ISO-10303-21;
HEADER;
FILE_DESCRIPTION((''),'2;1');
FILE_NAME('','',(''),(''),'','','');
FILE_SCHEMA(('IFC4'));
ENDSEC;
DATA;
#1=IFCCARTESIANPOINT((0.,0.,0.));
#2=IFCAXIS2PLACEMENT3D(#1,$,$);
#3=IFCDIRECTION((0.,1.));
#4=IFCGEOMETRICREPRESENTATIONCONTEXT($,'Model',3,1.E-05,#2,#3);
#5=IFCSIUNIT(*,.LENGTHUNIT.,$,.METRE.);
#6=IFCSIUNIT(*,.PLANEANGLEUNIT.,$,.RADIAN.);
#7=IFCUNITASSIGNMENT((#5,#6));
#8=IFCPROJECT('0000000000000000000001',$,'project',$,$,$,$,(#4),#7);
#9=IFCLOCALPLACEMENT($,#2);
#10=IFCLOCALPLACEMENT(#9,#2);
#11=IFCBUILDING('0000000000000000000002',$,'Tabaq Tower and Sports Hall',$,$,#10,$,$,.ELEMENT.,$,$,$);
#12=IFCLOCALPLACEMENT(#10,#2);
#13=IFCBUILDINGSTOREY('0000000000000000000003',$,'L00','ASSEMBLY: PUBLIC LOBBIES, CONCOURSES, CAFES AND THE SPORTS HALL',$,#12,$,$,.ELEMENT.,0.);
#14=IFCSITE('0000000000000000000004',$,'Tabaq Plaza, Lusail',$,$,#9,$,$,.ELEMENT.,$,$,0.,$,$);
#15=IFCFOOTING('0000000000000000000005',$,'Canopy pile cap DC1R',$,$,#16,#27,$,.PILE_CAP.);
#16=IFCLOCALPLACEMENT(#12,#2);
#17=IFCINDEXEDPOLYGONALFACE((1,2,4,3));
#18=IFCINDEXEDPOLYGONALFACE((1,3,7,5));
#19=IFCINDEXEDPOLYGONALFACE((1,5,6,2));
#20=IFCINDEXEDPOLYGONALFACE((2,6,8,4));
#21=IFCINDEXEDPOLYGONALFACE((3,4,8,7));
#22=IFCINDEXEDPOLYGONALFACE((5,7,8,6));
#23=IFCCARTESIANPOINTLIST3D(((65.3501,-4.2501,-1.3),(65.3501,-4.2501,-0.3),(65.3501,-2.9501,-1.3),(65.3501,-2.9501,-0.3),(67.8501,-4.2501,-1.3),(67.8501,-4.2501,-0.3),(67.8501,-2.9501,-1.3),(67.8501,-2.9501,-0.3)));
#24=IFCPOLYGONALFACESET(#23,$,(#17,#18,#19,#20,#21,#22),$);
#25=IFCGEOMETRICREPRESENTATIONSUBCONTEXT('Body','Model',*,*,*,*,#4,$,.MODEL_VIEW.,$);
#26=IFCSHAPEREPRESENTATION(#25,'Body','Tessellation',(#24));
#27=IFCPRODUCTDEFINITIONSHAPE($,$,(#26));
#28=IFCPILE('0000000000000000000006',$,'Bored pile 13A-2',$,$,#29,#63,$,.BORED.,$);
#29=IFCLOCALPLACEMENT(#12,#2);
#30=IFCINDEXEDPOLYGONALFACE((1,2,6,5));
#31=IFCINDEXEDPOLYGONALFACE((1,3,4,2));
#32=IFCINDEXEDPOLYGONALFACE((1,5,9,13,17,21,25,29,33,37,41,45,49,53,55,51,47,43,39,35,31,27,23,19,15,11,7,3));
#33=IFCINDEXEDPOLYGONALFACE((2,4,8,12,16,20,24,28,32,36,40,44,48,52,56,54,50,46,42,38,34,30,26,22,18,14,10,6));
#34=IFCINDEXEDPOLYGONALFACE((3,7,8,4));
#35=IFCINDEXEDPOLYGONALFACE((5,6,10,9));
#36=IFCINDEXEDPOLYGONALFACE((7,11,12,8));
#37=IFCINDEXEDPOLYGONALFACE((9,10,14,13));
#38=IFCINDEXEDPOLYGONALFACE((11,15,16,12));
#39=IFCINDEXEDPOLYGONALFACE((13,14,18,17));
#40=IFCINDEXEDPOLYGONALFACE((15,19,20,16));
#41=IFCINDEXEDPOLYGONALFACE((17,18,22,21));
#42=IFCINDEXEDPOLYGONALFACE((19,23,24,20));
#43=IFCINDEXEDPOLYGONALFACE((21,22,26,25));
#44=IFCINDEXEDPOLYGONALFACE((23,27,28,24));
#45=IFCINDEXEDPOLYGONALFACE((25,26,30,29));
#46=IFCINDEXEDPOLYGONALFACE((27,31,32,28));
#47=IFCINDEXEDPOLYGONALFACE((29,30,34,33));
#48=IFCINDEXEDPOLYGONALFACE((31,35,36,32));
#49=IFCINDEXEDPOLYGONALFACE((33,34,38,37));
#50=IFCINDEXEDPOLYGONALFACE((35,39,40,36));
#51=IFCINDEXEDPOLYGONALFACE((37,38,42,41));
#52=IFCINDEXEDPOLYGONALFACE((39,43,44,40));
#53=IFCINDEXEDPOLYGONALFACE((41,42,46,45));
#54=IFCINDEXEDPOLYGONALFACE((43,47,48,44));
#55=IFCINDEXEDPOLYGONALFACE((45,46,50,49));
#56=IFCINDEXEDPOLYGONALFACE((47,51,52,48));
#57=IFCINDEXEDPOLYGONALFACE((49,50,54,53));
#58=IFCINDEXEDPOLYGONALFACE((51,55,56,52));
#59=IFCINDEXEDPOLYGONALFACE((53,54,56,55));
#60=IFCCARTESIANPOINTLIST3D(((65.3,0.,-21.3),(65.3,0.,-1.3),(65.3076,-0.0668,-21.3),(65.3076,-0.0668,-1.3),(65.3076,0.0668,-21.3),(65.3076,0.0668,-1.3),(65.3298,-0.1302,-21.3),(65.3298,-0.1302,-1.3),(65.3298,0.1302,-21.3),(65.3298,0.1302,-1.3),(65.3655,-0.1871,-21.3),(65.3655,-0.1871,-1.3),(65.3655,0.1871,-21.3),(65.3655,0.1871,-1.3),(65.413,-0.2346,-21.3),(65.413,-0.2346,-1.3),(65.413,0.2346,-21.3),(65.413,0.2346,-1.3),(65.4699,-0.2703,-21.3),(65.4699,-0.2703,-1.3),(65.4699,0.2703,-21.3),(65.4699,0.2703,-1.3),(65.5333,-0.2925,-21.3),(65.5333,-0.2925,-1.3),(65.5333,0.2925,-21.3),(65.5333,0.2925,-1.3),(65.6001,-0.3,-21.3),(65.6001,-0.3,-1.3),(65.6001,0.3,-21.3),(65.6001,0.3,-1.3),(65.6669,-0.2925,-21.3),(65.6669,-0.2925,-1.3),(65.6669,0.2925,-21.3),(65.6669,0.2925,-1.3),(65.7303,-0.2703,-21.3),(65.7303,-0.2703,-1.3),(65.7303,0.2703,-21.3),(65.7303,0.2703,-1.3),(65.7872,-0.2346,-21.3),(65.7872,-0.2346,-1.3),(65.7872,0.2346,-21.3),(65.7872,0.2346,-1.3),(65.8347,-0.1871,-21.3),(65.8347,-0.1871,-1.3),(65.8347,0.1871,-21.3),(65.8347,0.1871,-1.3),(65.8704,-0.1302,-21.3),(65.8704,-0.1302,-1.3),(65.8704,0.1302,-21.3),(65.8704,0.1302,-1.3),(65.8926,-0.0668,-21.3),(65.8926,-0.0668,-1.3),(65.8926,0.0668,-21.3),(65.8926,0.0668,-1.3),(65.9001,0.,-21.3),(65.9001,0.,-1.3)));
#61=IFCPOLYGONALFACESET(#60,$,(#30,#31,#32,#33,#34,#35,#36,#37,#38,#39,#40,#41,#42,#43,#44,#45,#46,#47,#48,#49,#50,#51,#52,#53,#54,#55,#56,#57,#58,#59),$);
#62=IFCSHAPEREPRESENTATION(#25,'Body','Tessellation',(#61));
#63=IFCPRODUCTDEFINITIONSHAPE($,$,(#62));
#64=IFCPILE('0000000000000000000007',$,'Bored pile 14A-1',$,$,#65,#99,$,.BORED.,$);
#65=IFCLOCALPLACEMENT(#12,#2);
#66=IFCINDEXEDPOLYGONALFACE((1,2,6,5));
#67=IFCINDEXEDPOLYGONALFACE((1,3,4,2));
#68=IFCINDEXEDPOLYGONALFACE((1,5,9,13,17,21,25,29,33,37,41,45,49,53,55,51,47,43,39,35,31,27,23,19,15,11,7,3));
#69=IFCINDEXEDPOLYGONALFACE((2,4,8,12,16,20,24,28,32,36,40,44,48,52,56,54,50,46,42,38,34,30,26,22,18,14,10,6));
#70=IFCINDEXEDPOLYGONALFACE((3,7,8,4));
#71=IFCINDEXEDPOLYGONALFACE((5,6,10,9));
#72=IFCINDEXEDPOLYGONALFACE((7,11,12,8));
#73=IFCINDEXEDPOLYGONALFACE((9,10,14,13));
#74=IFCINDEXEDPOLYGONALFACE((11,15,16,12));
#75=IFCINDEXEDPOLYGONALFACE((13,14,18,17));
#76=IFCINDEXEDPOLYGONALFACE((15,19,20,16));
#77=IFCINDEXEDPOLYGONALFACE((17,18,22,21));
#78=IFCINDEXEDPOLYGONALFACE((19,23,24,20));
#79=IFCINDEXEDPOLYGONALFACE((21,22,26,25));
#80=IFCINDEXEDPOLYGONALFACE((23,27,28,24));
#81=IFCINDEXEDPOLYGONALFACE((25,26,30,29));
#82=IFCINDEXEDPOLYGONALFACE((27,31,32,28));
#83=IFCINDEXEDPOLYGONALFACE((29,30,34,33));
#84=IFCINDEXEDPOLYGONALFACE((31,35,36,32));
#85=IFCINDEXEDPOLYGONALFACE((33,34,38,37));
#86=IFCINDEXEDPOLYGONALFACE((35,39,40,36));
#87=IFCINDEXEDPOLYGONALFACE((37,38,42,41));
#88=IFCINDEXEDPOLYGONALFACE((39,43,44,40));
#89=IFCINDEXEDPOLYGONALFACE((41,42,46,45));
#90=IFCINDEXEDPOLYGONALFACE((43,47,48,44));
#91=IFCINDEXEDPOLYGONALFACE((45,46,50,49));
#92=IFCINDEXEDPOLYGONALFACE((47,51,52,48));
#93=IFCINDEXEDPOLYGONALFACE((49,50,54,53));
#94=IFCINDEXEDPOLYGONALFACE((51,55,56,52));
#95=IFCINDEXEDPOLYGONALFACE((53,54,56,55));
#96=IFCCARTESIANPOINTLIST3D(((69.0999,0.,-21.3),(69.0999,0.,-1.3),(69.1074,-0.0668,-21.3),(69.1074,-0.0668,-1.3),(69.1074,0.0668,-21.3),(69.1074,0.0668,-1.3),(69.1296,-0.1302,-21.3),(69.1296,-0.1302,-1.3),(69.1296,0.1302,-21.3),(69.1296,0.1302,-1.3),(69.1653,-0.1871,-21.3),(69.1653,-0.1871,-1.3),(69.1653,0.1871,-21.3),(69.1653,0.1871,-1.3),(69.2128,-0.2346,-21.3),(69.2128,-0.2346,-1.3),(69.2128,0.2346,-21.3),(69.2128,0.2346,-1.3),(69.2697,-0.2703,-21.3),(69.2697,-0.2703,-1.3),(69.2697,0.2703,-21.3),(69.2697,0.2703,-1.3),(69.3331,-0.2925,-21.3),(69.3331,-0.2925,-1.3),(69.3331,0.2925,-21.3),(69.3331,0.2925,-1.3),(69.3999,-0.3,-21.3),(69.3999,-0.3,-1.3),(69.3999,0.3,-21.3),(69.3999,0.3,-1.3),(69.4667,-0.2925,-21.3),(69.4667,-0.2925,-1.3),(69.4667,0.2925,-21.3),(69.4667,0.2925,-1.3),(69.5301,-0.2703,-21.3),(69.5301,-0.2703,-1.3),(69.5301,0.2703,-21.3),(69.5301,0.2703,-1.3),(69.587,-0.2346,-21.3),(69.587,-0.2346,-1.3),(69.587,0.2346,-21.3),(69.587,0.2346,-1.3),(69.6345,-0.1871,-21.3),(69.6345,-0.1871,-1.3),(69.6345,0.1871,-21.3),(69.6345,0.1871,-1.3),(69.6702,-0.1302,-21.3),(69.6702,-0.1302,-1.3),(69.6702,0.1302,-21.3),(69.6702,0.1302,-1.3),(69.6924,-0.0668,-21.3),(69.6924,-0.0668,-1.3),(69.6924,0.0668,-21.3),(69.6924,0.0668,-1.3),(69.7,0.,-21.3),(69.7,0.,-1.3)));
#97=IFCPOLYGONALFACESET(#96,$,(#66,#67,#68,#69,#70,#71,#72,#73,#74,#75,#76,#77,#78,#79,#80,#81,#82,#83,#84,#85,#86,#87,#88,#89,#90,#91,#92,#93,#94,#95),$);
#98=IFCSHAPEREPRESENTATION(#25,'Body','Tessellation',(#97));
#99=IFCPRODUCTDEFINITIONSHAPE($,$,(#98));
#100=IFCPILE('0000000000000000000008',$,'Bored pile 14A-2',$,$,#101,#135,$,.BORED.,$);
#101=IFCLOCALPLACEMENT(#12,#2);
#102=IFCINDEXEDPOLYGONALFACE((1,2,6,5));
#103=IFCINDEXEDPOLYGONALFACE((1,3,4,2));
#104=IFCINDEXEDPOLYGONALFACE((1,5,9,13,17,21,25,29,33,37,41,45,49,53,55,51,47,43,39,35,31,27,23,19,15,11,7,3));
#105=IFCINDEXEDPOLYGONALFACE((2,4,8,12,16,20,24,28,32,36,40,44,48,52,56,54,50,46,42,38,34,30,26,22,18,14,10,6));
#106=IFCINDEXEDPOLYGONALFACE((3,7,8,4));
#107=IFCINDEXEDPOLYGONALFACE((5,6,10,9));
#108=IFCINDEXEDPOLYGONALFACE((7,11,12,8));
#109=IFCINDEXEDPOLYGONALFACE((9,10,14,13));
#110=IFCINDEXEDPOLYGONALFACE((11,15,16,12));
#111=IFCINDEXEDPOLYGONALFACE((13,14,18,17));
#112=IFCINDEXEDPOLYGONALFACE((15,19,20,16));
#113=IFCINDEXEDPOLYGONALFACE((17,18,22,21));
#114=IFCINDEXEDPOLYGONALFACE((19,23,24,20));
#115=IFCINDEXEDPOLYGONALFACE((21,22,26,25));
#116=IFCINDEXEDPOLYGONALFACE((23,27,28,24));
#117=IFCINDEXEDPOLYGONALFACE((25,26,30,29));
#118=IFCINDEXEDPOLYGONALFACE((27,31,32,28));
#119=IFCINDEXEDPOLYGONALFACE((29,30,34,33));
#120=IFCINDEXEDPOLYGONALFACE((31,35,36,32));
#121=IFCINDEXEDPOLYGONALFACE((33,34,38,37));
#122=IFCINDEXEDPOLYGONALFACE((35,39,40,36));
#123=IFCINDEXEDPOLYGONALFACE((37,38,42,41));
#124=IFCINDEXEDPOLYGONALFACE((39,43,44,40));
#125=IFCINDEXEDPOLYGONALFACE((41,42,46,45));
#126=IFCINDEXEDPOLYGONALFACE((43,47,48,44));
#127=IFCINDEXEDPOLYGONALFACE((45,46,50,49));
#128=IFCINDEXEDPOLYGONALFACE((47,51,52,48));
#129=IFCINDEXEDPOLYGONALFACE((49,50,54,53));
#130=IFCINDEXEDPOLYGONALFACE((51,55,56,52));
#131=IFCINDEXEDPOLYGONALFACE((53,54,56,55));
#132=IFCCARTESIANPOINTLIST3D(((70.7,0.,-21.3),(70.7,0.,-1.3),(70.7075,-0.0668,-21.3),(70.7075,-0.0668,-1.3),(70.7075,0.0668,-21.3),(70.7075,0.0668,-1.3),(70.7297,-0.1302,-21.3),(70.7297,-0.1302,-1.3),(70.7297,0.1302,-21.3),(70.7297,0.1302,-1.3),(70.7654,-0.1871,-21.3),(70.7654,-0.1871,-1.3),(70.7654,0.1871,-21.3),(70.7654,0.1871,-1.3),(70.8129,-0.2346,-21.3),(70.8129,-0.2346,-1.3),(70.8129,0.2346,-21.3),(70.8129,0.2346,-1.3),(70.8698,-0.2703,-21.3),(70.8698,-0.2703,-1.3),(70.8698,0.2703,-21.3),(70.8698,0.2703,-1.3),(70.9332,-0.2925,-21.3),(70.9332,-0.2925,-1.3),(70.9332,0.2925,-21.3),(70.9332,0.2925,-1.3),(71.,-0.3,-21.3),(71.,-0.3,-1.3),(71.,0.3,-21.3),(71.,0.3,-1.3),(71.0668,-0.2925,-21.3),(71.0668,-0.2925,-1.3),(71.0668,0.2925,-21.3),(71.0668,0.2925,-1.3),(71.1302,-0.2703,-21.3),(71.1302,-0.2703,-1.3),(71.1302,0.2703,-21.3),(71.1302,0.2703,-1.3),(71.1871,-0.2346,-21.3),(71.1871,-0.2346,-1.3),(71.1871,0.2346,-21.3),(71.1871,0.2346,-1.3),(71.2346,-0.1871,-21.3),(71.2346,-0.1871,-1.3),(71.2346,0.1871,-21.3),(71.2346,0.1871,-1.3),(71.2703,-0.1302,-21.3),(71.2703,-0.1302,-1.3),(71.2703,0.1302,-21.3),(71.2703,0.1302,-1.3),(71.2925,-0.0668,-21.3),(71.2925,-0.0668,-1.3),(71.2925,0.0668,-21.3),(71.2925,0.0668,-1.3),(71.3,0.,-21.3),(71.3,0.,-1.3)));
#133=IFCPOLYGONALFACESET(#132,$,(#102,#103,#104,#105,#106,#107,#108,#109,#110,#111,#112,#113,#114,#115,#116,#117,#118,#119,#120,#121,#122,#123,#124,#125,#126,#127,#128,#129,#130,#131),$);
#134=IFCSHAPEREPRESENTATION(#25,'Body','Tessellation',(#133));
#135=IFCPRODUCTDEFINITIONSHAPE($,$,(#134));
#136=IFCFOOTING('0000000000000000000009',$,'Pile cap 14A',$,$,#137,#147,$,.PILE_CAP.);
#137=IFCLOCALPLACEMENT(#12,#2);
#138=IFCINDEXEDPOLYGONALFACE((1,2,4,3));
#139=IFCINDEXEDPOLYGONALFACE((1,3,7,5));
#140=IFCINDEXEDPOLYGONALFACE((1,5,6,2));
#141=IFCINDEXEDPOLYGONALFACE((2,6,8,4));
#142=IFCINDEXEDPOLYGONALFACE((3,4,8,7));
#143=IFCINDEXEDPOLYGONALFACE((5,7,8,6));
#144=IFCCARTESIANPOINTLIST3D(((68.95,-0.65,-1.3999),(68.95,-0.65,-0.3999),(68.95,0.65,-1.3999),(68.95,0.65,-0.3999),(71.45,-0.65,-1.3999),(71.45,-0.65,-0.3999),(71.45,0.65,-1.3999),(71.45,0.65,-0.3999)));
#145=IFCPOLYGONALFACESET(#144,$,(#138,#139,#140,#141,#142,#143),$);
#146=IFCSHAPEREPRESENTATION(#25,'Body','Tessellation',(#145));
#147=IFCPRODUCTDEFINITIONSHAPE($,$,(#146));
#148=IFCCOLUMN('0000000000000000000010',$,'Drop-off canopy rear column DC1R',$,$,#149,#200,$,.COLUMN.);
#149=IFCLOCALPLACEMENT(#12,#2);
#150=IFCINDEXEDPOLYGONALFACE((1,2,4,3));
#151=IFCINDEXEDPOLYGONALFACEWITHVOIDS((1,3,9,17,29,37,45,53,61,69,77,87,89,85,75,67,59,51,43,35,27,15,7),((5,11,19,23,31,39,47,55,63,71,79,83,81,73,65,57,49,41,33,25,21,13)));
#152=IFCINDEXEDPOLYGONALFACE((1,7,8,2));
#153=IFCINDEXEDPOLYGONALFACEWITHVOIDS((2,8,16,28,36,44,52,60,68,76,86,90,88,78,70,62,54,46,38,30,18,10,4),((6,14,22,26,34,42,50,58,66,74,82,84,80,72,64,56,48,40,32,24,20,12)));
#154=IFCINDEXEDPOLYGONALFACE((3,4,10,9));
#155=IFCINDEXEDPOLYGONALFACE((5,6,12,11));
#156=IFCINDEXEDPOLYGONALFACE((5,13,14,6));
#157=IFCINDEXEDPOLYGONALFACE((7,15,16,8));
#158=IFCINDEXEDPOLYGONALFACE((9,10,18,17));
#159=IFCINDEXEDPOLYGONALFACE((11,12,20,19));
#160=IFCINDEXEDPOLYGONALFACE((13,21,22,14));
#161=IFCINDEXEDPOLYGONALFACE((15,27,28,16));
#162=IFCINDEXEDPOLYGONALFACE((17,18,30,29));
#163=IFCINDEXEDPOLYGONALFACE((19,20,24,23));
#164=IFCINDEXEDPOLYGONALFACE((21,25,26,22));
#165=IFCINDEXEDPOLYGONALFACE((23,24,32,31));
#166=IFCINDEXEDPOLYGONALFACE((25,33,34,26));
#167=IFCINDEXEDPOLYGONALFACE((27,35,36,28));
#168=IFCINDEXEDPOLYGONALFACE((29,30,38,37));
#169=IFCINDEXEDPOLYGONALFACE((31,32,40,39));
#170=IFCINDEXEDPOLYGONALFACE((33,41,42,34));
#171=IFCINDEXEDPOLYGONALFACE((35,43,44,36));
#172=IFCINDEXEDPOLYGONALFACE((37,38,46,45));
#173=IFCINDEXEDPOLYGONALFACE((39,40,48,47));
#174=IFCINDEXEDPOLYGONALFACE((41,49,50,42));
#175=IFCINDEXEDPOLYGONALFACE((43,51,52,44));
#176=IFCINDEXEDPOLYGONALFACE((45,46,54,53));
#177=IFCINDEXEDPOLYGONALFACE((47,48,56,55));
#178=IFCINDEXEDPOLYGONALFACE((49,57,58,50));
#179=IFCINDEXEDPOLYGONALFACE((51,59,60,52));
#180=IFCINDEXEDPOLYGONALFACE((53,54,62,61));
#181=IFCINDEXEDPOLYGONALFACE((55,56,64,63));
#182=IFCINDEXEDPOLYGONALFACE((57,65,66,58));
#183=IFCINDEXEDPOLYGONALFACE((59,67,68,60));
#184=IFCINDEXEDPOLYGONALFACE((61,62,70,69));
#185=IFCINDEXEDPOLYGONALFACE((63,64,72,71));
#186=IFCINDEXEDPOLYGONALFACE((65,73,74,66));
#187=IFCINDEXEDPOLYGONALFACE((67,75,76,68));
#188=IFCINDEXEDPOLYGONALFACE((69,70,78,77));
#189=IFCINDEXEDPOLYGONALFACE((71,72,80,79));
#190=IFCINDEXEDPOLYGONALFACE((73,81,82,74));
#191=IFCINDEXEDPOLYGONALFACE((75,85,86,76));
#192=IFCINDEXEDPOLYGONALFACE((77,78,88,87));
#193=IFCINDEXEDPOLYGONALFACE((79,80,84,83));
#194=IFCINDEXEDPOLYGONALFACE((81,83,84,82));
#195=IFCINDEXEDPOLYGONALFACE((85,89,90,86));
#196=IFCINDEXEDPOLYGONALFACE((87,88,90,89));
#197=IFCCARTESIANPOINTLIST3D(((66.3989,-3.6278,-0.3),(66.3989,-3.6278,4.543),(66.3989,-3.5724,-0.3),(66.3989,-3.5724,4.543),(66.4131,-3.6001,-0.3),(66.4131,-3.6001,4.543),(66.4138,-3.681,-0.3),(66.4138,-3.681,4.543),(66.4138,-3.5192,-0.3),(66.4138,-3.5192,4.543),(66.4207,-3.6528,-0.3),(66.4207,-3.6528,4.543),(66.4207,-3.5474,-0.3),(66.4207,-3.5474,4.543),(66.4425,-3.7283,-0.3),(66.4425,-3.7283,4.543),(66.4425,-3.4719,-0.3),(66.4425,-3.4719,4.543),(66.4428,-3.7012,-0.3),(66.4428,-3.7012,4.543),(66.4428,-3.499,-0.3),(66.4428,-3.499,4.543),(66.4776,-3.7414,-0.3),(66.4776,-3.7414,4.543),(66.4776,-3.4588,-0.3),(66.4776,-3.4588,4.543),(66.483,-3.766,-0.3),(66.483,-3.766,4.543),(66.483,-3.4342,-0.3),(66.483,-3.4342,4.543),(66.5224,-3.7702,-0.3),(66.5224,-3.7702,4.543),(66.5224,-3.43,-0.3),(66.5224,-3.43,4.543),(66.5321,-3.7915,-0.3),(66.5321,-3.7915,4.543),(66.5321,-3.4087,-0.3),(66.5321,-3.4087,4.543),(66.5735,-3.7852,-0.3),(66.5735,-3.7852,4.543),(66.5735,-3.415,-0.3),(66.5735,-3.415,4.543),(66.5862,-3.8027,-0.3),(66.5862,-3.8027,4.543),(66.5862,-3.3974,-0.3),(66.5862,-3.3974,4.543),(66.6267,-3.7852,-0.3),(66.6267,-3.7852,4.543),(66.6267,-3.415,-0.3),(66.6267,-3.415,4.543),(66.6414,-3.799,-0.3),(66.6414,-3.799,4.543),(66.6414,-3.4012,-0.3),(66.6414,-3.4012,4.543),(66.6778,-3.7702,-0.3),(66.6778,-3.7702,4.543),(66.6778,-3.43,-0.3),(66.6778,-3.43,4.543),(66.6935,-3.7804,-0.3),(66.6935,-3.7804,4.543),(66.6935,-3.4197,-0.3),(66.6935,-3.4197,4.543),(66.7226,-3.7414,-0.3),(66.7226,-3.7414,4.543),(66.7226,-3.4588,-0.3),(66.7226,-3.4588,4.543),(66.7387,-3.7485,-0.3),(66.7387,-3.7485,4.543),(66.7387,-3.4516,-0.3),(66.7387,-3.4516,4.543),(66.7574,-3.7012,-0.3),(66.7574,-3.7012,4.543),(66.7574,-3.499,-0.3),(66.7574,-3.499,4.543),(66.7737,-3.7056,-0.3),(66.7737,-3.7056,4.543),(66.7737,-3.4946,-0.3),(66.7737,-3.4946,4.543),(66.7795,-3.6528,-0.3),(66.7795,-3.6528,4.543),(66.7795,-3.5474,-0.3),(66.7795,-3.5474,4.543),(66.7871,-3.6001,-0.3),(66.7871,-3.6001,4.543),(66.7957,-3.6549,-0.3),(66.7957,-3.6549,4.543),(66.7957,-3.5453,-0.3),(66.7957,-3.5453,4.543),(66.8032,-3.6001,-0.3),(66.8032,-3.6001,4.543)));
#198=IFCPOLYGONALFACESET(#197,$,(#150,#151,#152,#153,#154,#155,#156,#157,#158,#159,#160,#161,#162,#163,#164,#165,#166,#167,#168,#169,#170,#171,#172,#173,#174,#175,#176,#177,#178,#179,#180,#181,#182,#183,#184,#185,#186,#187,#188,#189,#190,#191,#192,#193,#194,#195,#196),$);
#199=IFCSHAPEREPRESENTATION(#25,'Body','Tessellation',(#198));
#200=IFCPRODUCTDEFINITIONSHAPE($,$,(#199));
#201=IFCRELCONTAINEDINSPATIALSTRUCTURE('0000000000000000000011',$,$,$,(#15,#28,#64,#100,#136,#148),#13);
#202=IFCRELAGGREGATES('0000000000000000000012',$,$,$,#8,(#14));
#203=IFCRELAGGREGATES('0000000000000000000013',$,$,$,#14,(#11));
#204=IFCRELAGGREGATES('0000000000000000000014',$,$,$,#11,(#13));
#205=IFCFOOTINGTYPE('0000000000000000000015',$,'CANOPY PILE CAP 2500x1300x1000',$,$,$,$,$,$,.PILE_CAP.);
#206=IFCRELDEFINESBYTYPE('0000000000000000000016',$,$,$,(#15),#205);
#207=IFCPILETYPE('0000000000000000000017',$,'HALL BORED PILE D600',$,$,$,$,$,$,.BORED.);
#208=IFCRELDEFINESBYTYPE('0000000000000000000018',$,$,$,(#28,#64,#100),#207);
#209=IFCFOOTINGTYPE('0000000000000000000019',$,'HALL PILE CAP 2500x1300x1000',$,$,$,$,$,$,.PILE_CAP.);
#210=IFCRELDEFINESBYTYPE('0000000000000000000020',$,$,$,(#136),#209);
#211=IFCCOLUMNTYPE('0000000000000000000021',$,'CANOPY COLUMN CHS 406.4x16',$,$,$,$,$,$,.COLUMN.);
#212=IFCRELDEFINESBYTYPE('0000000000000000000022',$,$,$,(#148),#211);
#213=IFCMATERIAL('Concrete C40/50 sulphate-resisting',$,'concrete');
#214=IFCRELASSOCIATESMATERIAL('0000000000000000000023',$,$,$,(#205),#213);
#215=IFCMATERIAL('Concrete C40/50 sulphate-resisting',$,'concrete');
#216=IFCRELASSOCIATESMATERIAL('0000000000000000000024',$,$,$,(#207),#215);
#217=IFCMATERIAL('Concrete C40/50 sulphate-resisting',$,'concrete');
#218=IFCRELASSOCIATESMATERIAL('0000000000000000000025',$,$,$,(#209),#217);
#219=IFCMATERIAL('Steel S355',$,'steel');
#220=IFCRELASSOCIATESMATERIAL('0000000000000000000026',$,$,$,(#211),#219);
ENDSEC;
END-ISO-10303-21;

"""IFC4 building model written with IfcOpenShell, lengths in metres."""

from ifc_helpers import new_model, si_unit, direction, frame, origin, origin_2d, place, context, subcontext, project, spatial, rectangle, circle, hollow_circle, extrude, material, material_profile, profile_set, type_object, element, save


model = new_model("IFC4")

# Units and contexts
model_context = context("Model", 3, precision=1e-05, world=origin(), true_north=direction((0.0, 1.0)))
body_context = subcontext(model_context, "Body", "Model", "MODEL_VIEW")
ifc_project = project(units=[si_unit("LENGTHUNIT", "METRE"), si_unit("PLANEANGLEUNIT", "RADIAN")], contexts=[model_context])

# Site, building, storey
site_placement = place(None, origin())
site = spatial("IfcSite", under=ifc_project, at=site_placement, Name="Tabaq Plaza, Lusail", CompositionType="ELEMENT", RefElevation=0.0)
building_placement = place(site_placement, origin())
building = spatial("IfcBuilding", under=site, at=building_placement, Name="Tabaq Tower and Sports Hall", CompositionType="ELEMENT")
storey_placement = place(building_placement, origin())
storey = spatial("IfcBuildingStorey", under=building, at=storey_placement, Name="L00", Description="ASSEMBLY: PUBLIC LOBBIES, CONCOURSES, CAFES AND THE SPORTS HALL", CompositionType="ELEMENT", Elevation=0.0)

# Footing
ifc_material_1 = material(Name="Concrete C40/50 sulphate-resisting", Category="concrete")
footing_type_1 = type_object("IfcFootingType", Name="CANOPY PILE CAP 2500x1300x1000", PredefinedType="PILE_CAP", material=ifc_material_1)
for number, where, z_axis, x_axis, name in (
    (1, (66.6001, -3.6001, -1.3), (0.0, 0.0, 1.0), (1.0, 0.0, 0.0), "Canopy pile cap DC1R"),
):
    element("IfcFooting", number, at=place(storey_placement, frame(where, z_axis=z_axis, x_axis=x_axis)), inside=storey, type_object=footing_type_1, Name=name, PredefinedType="PILE_CAP", context=body_context, shape_type="SweptSolid", body=[
        extrude(rectangle(XDim=2.5, YDim=1.3, at=origin_2d()), origin(), (0.0, 0.0, 1.0), 1.0),
    ])

# Piles
ifc_material_2 = material(Name="Concrete C40/50 sulphate-resisting", Category="concrete")
ifc_material_profile_1 = material_profile(ifc_material_2, circle(Radius=0.3, at=origin_2d()), Name="D600")
ifc_profile_set_1 = profile_set([ifc_material_profile_1], Name="Concrete C40/50 sulphate-resisting")
pile_type_1 = type_object("IfcPileType", Name="HALL BORED PILE D600", PredefinedType="BORED", material=ifc_profile_set_1)
for number, where, z_axis, x_axis, name in (
    (2, (65.6001, 0.0, -1.3), (0.0, 0.0, -1.0), (1.0, 0.0, 0.0), "Bored pile 13A-2"),
    (3, (69.3999, 0.0, -1.3), (0.0, 0.0, -1.0), (1.0, 0.0, 0.0), "Bored pile 14A-1"),
    (4, (71.0, 0.0, -1.3), (0.0, 0.0, -1.0), (1.0, 0.0, 0.0), "Bored pile 14A-2"),
):
    element("IfcPile", number, at=place(storey_placement, frame(where, z_axis=z_axis, x_axis=x_axis)), inside=storey, type_object=pile_type_1, Name=name, PredefinedType="BORED", context=body_context, shape_type="SweptSolid", body=[
        extrude(circle(Radius=0.3, at=origin_2d()), origin(), (0.0, 0.0, 1.0), 20.0),
    ])

# Footing
ifc_material_3 = material(Name="Concrete C40/50 sulphate-resisting", Category="concrete")
footing_type_2 = type_object("IfcFootingType", Name="HALL PILE CAP 2500x1300x1000", PredefinedType="PILE_CAP", material=ifc_material_3)
footing_placement = place(storey_placement, frame((70.2, 0.0, -1.3999), z_axis=(0.0, 0.0, 1.0), x_axis=(1.0, 0.0, 0.0)))
element("IfcFooting", 5, at=footing_placement, inside=storey, type_object=footing_type_2, Name="Pile cap 14A", PredefinedType="PILE_CAP", context=body_context, shape_type="SweptSolid", body=[
    extrude(rectangle(XDim=2.5, YDim=1.3, at=origin_2d()), origin(), (0.0, 0.0, 1.0), 1.0),
])

# Column
ifc_material_4 = material(Name="Steel S355", Category="steel")
ifc_material_profile_2 = material_profile(ifc_material_4, hollow_circle(Radius=0.2031, WallThickness=0.0161, at=origin_2d()), Name="CHS 406.4x16")
ifc_profile_set_2 = profile_set([ifc_material_profile_2], Name="Steel S355")
column_type_1 = type_object("IfcColumnType", Name="CANOPY COLUMN CHS 406.4x16", PredefinedType="COLUMN", material=ifc_profile_set_2)
for number, where, z_axis, x_axis, name in (
    (6, (66.6001, -3.6001, -0.3), (0.0, 0.0, 1.0), (1.0, 0.0, 0.0), "Drop-off canopy rear column DC1R"),
):
    element("IfcColumn", number, at=place(storey_placement, frame(where, z_axis=z_axis, x_axis=x_axis)), inside=storey, type_object=column_type_1, Name=name, PredefinedType="COLUMN", context=body_context, shape_type="SweptSolid", body=[
        extrude(hollow_circle(Radius=0.2031, WallThickness=0.0161, at=origin_2d()), origin(), (0.0, 0.0, 1.0), 4.843),
    ])

save(model, "model.ifc")
